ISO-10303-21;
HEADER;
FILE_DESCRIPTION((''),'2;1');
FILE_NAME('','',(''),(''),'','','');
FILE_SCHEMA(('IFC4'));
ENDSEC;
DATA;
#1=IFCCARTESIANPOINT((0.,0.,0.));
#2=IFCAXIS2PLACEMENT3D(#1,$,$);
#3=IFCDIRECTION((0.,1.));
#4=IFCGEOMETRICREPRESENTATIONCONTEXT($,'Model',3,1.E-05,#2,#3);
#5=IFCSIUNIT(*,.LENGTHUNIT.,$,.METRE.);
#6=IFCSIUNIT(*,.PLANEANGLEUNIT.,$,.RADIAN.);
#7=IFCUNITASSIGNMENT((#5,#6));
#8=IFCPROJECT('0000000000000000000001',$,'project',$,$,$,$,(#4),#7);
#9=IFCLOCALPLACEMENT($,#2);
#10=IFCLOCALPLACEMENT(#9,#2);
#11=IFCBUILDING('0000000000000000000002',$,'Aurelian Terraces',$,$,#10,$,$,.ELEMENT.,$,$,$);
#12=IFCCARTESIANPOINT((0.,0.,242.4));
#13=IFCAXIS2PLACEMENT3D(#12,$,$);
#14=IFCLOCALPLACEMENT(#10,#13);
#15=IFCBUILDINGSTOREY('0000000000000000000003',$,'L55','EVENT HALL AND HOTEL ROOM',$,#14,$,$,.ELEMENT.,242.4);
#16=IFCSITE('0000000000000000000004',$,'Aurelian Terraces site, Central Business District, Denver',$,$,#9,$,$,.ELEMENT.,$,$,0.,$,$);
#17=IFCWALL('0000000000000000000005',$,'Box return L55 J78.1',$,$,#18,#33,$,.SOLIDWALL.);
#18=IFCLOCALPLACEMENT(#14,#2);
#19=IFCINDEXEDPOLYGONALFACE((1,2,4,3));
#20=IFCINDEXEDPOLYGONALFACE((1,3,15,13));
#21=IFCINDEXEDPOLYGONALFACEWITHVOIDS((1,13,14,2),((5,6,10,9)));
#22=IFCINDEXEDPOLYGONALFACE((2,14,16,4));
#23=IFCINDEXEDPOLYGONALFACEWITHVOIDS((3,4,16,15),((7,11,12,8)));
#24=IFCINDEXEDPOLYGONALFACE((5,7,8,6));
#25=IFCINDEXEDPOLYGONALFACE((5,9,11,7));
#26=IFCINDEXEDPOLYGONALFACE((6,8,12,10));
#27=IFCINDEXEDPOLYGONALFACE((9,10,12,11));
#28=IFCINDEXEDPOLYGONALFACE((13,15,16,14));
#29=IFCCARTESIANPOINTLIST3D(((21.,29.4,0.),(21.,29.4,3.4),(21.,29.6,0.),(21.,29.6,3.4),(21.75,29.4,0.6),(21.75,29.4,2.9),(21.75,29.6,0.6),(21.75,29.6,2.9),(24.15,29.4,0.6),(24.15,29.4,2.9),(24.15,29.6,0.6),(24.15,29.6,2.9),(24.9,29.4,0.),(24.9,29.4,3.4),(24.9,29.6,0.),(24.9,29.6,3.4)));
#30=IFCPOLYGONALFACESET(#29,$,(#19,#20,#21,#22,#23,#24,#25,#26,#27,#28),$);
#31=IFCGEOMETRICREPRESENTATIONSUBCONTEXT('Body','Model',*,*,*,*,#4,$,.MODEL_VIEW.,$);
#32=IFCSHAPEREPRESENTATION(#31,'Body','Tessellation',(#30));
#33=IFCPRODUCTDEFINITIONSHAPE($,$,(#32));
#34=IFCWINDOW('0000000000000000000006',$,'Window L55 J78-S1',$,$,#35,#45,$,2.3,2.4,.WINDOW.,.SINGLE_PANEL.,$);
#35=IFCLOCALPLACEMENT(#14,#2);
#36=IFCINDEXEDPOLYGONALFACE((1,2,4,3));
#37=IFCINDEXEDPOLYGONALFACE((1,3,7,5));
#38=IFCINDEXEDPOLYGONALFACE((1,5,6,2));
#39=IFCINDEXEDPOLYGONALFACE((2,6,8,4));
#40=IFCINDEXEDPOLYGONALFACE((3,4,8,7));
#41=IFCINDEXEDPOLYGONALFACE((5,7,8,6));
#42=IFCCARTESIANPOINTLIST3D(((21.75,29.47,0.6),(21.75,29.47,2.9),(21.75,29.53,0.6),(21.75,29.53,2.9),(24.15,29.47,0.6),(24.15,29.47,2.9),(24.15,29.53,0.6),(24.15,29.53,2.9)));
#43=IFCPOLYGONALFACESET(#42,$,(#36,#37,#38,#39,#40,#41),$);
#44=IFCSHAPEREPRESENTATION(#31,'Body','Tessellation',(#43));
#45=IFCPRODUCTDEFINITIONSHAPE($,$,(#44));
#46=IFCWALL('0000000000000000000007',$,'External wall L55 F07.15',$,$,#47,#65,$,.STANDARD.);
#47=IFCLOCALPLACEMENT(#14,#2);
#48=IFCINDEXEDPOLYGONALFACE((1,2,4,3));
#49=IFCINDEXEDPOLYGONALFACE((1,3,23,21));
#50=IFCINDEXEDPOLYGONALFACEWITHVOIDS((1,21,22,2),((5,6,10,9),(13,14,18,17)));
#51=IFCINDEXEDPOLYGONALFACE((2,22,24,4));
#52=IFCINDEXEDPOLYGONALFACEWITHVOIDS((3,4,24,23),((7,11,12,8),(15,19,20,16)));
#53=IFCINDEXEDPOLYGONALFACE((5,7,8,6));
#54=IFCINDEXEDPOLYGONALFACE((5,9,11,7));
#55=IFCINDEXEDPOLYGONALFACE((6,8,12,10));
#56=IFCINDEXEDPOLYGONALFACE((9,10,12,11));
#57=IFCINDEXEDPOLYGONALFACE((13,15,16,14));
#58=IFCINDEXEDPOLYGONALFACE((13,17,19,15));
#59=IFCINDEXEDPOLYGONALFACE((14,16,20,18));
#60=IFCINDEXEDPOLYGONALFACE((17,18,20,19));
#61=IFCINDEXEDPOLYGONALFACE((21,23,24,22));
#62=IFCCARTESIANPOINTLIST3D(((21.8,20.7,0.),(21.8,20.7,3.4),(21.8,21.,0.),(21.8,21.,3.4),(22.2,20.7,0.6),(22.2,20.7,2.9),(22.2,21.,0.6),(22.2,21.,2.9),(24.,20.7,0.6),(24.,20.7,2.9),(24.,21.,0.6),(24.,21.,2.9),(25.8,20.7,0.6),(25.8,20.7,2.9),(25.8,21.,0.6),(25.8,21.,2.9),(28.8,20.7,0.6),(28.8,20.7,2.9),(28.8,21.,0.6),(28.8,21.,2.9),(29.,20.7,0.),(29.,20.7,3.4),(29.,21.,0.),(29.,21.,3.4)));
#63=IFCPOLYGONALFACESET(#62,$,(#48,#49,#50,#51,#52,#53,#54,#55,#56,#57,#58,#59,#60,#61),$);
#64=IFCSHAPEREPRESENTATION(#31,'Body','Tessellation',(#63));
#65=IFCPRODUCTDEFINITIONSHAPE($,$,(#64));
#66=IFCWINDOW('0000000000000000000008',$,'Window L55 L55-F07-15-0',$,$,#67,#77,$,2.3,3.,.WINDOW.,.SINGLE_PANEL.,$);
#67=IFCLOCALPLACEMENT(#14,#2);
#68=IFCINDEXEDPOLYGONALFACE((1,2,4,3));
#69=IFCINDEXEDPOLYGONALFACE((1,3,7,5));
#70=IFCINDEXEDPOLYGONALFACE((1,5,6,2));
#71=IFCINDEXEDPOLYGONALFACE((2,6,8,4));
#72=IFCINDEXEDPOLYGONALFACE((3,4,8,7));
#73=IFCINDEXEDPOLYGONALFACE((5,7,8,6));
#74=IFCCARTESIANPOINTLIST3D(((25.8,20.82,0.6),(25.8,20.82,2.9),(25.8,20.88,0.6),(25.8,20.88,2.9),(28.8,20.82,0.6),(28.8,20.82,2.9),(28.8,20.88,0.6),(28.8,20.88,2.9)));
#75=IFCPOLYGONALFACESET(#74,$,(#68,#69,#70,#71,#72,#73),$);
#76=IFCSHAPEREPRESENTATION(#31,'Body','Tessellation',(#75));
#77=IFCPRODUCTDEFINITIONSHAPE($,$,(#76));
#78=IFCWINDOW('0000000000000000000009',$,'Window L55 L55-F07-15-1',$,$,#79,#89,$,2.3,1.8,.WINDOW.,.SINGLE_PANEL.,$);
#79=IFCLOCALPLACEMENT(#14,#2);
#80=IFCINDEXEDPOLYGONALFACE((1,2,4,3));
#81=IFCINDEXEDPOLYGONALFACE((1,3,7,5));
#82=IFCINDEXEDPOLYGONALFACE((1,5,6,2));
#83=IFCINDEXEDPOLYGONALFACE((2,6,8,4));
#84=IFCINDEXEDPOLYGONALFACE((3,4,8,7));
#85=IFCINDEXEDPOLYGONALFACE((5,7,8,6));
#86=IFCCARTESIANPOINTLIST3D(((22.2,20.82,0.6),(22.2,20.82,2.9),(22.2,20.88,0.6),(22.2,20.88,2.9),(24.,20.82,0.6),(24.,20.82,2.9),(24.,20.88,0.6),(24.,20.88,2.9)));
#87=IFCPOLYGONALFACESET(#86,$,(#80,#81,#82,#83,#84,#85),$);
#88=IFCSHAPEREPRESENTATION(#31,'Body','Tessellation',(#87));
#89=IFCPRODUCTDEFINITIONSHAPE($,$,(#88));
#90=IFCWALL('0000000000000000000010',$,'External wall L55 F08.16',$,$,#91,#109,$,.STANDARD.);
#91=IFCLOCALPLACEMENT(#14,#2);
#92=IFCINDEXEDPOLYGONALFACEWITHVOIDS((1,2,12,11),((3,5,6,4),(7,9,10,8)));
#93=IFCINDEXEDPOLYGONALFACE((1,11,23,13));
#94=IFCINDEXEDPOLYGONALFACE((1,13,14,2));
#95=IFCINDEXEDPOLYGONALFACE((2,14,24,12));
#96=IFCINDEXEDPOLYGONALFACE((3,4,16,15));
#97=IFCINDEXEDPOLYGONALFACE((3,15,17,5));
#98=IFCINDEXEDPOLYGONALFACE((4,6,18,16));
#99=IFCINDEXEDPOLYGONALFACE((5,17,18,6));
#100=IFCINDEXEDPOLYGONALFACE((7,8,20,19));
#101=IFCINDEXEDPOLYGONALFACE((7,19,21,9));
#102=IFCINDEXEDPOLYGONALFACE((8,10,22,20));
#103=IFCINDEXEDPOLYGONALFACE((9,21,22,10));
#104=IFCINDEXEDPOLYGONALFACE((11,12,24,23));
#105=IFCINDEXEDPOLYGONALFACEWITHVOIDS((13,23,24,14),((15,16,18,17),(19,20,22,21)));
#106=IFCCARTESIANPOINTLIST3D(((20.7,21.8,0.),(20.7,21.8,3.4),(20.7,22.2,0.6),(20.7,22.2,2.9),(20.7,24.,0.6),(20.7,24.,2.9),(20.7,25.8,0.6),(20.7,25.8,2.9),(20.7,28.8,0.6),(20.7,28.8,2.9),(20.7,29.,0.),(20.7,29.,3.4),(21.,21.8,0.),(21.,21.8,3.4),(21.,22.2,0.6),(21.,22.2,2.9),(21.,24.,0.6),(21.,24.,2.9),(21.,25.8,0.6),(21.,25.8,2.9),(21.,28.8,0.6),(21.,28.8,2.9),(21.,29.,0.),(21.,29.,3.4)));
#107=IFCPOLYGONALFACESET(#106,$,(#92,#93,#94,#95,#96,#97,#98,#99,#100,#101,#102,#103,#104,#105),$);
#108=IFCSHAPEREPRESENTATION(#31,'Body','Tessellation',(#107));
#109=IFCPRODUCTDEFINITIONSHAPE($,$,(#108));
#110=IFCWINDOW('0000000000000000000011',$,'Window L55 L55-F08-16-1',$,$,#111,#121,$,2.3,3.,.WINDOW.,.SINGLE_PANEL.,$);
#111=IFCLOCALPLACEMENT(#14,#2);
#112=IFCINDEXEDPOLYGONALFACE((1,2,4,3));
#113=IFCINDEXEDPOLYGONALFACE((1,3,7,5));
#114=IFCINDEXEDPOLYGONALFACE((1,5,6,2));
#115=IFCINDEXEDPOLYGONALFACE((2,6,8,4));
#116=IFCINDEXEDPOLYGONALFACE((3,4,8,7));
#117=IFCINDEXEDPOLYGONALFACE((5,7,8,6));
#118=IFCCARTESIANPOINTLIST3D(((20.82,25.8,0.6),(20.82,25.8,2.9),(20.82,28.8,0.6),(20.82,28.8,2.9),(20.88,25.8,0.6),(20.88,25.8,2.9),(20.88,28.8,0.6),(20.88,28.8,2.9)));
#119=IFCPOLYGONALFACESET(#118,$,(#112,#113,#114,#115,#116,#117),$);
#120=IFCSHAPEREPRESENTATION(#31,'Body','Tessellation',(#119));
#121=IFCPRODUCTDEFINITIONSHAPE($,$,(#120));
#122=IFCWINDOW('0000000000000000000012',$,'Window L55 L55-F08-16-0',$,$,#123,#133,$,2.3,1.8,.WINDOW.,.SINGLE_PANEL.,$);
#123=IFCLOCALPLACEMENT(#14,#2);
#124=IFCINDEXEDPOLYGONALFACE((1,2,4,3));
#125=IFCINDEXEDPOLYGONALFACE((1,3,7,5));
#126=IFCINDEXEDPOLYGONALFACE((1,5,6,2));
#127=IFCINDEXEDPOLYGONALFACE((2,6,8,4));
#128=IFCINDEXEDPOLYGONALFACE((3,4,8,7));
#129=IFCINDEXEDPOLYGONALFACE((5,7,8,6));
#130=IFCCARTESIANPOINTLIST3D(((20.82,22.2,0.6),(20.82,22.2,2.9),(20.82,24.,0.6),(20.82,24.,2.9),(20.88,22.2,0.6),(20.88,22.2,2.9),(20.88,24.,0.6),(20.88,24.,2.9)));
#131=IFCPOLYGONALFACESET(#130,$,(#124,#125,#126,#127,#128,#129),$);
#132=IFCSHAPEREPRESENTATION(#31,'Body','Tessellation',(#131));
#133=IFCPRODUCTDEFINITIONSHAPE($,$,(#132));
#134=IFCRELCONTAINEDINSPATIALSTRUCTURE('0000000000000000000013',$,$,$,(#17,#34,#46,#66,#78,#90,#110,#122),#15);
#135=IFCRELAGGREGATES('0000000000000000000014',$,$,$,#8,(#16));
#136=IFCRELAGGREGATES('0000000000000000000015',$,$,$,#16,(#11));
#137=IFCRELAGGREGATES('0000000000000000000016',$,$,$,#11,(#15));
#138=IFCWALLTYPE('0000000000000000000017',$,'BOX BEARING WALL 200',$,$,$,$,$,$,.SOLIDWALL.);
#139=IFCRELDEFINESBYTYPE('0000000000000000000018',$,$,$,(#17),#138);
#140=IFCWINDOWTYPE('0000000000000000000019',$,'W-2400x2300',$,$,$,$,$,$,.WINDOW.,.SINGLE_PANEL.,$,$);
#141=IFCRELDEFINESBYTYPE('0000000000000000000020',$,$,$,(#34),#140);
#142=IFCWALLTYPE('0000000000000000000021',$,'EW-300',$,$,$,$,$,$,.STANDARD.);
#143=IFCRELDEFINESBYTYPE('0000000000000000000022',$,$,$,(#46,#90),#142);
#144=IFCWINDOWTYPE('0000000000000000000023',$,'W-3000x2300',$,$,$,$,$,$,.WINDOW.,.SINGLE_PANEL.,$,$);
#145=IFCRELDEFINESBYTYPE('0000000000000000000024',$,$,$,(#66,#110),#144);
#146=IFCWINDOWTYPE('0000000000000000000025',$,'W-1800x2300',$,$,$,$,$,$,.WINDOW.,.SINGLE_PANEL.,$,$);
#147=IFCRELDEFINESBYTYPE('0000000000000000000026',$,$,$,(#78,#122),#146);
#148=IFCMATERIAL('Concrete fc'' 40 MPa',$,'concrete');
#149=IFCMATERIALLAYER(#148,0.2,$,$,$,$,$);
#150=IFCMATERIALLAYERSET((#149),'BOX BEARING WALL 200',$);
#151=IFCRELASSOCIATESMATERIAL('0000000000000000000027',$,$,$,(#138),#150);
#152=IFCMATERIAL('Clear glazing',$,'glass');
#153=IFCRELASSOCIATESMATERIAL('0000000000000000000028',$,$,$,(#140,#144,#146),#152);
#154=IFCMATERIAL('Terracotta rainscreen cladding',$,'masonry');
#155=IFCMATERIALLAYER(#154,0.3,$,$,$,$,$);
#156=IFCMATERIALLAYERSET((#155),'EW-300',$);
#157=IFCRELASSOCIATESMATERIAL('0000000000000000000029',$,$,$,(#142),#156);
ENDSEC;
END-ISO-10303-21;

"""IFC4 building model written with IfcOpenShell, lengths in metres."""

from ifc_helpers import new_model, si_unit, direction, frame, frame_2d, origin, place, context, subcontext, project, spatial, rectangle, extrude, source, transform, mapped, material, layer, layer_set, type_object, element, fill, save


model = new_model("IFC4")

# Units and contexts
model_context = context("Model", 3, precision=1e-05, world=origin(), true_north=direction((0.0, 1.0)))
body_context = subcontext(model_context, "Body", "Model", "MODEL_VIEW")
ifc_project = project(units=[si_unit("LENGTHUNIT", "METRE"), si_unit("PLANEANGLEUNIT", "RADIAN")], contexts=[model_context])

# Site, building, storey
site_placement = place(None, origin())
site = spatial("IfcSite", under=ifc_project, at=site_placement, Name="Aurelian Terraces site, Central Business District, Denver", CompositionType="ELEMENT", RefElevation=0.0)
building_placement = place(site_placement, origin())
building = spatial("IfcBuilding", under=site, at=building_placement, Name="Aurelian Terraces", CompositionType="ELEMENT")
storey_placement = place(building_placement, frame((0.0, 0.0, 242.4)))
storey = spatial("IfcBuildingStorey", under=building, at=storey_placement, Name="L55", Description="EVENT HALL AND HOTEL ROOM", CompositionType="ELEMENT", Elevation=242.4)

# Wall, opening, window
ifc_material_1 = material(Name="Concrete fc' 40 MPa", Category="concrete")
ifc_layer_1 = layer(ifc_material_1, 0.2)
ifc_layer_set_1 = layer_set([ifc_layer_1], Name="BOX BEARING WALL 200")
wall_type_1 = type_object("IfcWallType", Name="BOX BEARING WALL 200", PredefinedType="SOLIDWALL", material=ifc_layer_set_1)
shared_shape_1 = source(origin(), body_context, "Body", "SweptSolid", [
    extrude(rectangle(XDim=3.9, YDim=0.2, at=frame_2d((1.95, 0.0))), origin(), (0.0, 0.0, 1.0), 3.4),
])
wall_1_placement = place(storey_placement, frame((21.0, 29.5, 0.0), z_axis=(0.0, 0.0, 1.0), x_axis=(1.0, 0.0, 0.0)))
wall_1 = element("IfcWall", 1, at=wall_1_placement, inside=storey, type_object=wall_type_1, Name="Box return L55 J78.1", PredefinedType="SOLIDWALL", context=body_context, shape_type="MappedRepresentation", body=[
    mapped(shared_shape_1, transform((0.0, 0.0, 0.0), scale=1.0)),
])
shared_shape_2 = source(origin(), body_context, "Body", "SweptSolid", [
    extrude(rectangle(XDim=2.4, YDim=2.3, at=frame_2d((1.2, 1.15))), frame((0.0, 0.11, 0.0), z_axis=(0.0, -1.0, 0.0), x_axis=(1.0, 0.0, 0.0)), (0.0, 0.0, 1.0), 0.22),
])
opening_1_placement = place(wall_1_placement, frame((0.75, 0.0, 0.6)))
opening_1 = element("IfcOpeningElement", 2, at=opening_1_placement, cuts=wall_1, PredefinedType="OPENING", context=body_context, shape_type="MappedRepresentation", body=[
    mapped(shared_shape_2, transform((0.0, 0.0, 0.0), scale=1.0)),
])
ifc_material_2 = material(Name="Clear glazing", Category="glass")
window_type_1 = type_object("IfcWindowType", Name="W-2400x2300", PartitioningType="SINGLE_PANEL", PredefinedType="WINDOW", material=ifc_material_2)
shared_shape_3 = source(origin(), body_context, "Body", "SweptSolid", [
    extrude(rectangle(XDim=2.4, YDim=2.3, at=frame_2d((1.2, 1.15))), frame((0.0, 0.03, 0.0), z_axis=(0.0, -1.0, 0.0), x_axis=(1.0, 0.0, 0.0)), (0.0, 0.0, 1.0), 0.06),
])
window_1_placement = place(opening_1_placement, origin())
window_1 = element("IfcWindow", 3, at=window_1_placement, inside=storey, type_object=window_type_1, Name="Window L55 J78-S1", OverallHeight=2.3, OverallWidth=2.4, PartitioningType="SINGLE_PANEL", PredefinedType="WINDOW", context=body_context, shape_type="MappedRepresentation", body=[
    mapped(shared_shape_3, transform((0.0, 0.0, 0.0), scale=1.0)),
])
fill(opening_1, window_1)

# Walls, openings, windows
ifc_material_3 = material(Name="Terracotta rainscreen cladding", Category="masonry")
ifc_layer_2 = layer(ifc_material_3, 0.3)
ifc_layer_set_2 = layer_set([ifc_layer_2], Name="EW-300")
wall_type_2 = type_object("IfcWallType", Name="EW-300", PredefinedType="STANDARD", material=ifc_layer_set_2)
shared_shape_4 = source(origin(), body_context, "Body", "SweptSolid", [
    extrude(rectangle(XDim=7.2, YDim=0.3, at=frame_2d((3.6, 0.0))), origin(), (0.0, 0.0, 1.0), 3.4),
])
wall_2_placement = place(storey_placement, frame((29.0, 20.85, 0.0), z_axis=(0.0, 0.0, 1.0), x_axis=(-1.0, 0.0, 0.0)))
wall_2 = element("IfcWall", 4, at=wall_2_placement, inside=storey, type_object=wall_type_2, Name="External wall L55 F07.15", PredefinedType="STANDARD", context=body_context, shape_type="MappedRepresentation", body=[
    mapped(shared_shape_4, transform((0.0, 0.0, 0.0), scale=1.0)),
])
shared_shape_5 = source(origin(), body_context, "Body", "SweptSolid", [
    extrude(rectangle(XDim=3.0, YDim=2.3, at=frame_2d((1.5, 1.15))), frame((0.0, 0.16, 0.0), z_axis=(0.0, -1.0, 0.0), x_axis=(1.0, 0.0, 0.0)), (0.0, 0.0, 1.0), 0.32),
])
opening_2_placement = place(wall_2_placement, frame((0.2, 0.0, 0.6)))
opening_2 = element("IfcOpeningElement", 5, at=opening_2_placement, cuts=wall_2, PredefinedType="OPENING", context=body_context, shape_type="MappedRepresentation", body=[
    mapped(shared_shape_5, transform((0.0, 0.0, 0.0), scale=1.0)),
])
shared_shape_6 = source(origin(), body_context, "Body", "SweptSolid", [
    extrude(rectangle(XDim=1.8, YDim=2.3, at=frame_2d((0.9, 1.15))), frame((0.0, 0.16, 0.0), z_axis=(0.0, -1.0, 0.0), x_axis=(1.0, 0.0, 0.0)), (0.0, 0.0, 1.0), 0.32),
])
opening_3_placement = place(wall_2_placement, frame((5.0, 0.0, 0.6)))
opening_3 = element("IfcOpeningElement", 6, at=opening_3_placement, cuts=wall_2, PredefinedType="OPENING", context=body_context, shape_type="MappedRepresentation", body=[
    mapped(shared_shape_6, transform((0.0, 0.0, 0.0), scale=1.0)),
])
window_type_2 = type_object("IfcWindowType", Name="W-3000x2300", PartitioningType="SINGLE_PANEL", PredefinedType="WINDOW", material=ifc_material_2)
shared_shape_7 = source(origin(), body_context, "Body", "SweptSolid", [
    extrude(rectangle(XDim=3.0, YDim=2.3, at=frame_2d((1.5, 1.15))), frame((0.0, 0.03, 0.0), z_axis=(0.0, -1.0, 0.0), x_axis=(1.0, 0.0, 0.0)), (0.0, 0.0, 1.0), 0.06),
])
window_2_placement = place(opening_2_placement, origin())
window_2 = element("IfcWindow", 7, at=window_2_placement, inside=storey, type_object=window_type_2, Name="Window L55 L55-F07-15-0", OverallHeight=2.3, OverallWidth=3.0, PartitioningType="SINGLE_PANEL", PredefinedType="WINDOW", context=body_context, shape_type="MappedRepresentation", body=[
    mapped(shared_shape_7, transform((0.0, 0.0, 0.0), scale=1.0)),
])
fill(opening_2, window_2)
window_type_3 = type_object("IfcWindowType", Name="W-1800x2300", PartitioningType="SINGLE_PANEL", PredefinedType="WINDOW", material=ifc_material_2)
shared_shape_8 = source(origin(), body_context, "Body", "SweptSolid", [
    extrude(rectangle(XDim=1.8, YDim=2.3, at=frame_2d((0.9, 1.15))), frame((0.0, 0.03, 0.0), z_axis=(0.0, -1.0, 0.0), x_axis=(1.0, 0.0, 0.0)), (0.0, 0.0, 1.0), 0.06),
])
window_3_placement = place(opening_3_placement, origin())
window_3 = element("IfcWindow", 8, at=window_3_placement, inside=storey, type_object=window_type_3, Name="Window L55 L55-F07-15-1", OverallHeight=2.3, OverallWidth=1.8, PartitioningType="SINGLE_PANEL", PredefinedType="WINDOW", context=body_context, shape_type="MappedRepresentation", body=[
    mapped(shared_shape_8, transform((0.0, 0.0, 0.0), scale=1.0)),
])
fill(opening_3, window_3)
wall_3_placement = place(storey_placement, frame((20.85, 21.8, 0.0), z_axis=(0.0, 0.0, 1.0), x_axis=(0.0, 1.0, 0.0)))
wall_3 = element("IfcWall", 9, at=wall_3_placement, inside=storey, type_object=wall_type_2, Name="External wall L55 F08.16", PredefinedType="STANDARD", context=body_context, shape_type="MappedRepresentation", body=[
    mapped(shared_shape_4, transform((0.0, 0.0, 0.0), scale=1.0)),
])
opening_4_placement = place(wall_3_placement, frame((0.4, 0.0, 0.6)))
opening_4 = element("IfcOpeningElement", 10, at=opening_4_placement, cuts=wall_3, PredefinedType="OPENING", context=body_context, shape_type="MappedRepresentation", body=[
    mapped(shared_shape_6, transform((0.0, 0.0, 0.0), scale=1.0)),
])
opening_5_placement = place(wall_3_placement, frame((4.0, 0.0, 0.6)))
opening_5 = element("IfcOpeningElement", 11, at=opening_5_placement, cuts=wall_3, PredefinedType="OPENING", context=body_context, shape_type="MappedRepresentation", body=[
    mapped(shared_shape_5, transform((0.0, 0.0, 0.0), scale=1.0)),
])
window_4_placement = place(opening_5_placement, origin())
window_4 = element("IfcWindow", 12, at=window_4_placement, inside=storey, type_object=window_type_2, Name="Window L55 L55-F08-16-1", OverallHeight=2.3, OverallWidth=3.0, PartitioningType="SINGLE_PANEL", PredefinedType="WINDOW", context=body_context, shape_type="MappedRepresentation", body=[
    mapped(shared_shape_7, transform((0.0, 0.0, 0.0), scale=1.0)),
])
fill(opening_5, window_4)
window_5_placement = place(opening_4_placement, origin())
window_5 = element("IfcWindow", 13, at=window_5_placement, inside=storey, type_object=window_type_3, Name="Window L55 L55-F08-16-0", OverallHeight=2.3, OverallWidth=1.8, PartitioningType="SINGLE_PANEL", PredefinedType="WINDOW", context=body_context, shape_type="MappedRepresentation", body=[
    mapped(shared_shape_8, transform((0.0, 0.0, 0.0), scale=1.0)),
])
fill(opening_4, window_5)

save(model, "model.ifc")
